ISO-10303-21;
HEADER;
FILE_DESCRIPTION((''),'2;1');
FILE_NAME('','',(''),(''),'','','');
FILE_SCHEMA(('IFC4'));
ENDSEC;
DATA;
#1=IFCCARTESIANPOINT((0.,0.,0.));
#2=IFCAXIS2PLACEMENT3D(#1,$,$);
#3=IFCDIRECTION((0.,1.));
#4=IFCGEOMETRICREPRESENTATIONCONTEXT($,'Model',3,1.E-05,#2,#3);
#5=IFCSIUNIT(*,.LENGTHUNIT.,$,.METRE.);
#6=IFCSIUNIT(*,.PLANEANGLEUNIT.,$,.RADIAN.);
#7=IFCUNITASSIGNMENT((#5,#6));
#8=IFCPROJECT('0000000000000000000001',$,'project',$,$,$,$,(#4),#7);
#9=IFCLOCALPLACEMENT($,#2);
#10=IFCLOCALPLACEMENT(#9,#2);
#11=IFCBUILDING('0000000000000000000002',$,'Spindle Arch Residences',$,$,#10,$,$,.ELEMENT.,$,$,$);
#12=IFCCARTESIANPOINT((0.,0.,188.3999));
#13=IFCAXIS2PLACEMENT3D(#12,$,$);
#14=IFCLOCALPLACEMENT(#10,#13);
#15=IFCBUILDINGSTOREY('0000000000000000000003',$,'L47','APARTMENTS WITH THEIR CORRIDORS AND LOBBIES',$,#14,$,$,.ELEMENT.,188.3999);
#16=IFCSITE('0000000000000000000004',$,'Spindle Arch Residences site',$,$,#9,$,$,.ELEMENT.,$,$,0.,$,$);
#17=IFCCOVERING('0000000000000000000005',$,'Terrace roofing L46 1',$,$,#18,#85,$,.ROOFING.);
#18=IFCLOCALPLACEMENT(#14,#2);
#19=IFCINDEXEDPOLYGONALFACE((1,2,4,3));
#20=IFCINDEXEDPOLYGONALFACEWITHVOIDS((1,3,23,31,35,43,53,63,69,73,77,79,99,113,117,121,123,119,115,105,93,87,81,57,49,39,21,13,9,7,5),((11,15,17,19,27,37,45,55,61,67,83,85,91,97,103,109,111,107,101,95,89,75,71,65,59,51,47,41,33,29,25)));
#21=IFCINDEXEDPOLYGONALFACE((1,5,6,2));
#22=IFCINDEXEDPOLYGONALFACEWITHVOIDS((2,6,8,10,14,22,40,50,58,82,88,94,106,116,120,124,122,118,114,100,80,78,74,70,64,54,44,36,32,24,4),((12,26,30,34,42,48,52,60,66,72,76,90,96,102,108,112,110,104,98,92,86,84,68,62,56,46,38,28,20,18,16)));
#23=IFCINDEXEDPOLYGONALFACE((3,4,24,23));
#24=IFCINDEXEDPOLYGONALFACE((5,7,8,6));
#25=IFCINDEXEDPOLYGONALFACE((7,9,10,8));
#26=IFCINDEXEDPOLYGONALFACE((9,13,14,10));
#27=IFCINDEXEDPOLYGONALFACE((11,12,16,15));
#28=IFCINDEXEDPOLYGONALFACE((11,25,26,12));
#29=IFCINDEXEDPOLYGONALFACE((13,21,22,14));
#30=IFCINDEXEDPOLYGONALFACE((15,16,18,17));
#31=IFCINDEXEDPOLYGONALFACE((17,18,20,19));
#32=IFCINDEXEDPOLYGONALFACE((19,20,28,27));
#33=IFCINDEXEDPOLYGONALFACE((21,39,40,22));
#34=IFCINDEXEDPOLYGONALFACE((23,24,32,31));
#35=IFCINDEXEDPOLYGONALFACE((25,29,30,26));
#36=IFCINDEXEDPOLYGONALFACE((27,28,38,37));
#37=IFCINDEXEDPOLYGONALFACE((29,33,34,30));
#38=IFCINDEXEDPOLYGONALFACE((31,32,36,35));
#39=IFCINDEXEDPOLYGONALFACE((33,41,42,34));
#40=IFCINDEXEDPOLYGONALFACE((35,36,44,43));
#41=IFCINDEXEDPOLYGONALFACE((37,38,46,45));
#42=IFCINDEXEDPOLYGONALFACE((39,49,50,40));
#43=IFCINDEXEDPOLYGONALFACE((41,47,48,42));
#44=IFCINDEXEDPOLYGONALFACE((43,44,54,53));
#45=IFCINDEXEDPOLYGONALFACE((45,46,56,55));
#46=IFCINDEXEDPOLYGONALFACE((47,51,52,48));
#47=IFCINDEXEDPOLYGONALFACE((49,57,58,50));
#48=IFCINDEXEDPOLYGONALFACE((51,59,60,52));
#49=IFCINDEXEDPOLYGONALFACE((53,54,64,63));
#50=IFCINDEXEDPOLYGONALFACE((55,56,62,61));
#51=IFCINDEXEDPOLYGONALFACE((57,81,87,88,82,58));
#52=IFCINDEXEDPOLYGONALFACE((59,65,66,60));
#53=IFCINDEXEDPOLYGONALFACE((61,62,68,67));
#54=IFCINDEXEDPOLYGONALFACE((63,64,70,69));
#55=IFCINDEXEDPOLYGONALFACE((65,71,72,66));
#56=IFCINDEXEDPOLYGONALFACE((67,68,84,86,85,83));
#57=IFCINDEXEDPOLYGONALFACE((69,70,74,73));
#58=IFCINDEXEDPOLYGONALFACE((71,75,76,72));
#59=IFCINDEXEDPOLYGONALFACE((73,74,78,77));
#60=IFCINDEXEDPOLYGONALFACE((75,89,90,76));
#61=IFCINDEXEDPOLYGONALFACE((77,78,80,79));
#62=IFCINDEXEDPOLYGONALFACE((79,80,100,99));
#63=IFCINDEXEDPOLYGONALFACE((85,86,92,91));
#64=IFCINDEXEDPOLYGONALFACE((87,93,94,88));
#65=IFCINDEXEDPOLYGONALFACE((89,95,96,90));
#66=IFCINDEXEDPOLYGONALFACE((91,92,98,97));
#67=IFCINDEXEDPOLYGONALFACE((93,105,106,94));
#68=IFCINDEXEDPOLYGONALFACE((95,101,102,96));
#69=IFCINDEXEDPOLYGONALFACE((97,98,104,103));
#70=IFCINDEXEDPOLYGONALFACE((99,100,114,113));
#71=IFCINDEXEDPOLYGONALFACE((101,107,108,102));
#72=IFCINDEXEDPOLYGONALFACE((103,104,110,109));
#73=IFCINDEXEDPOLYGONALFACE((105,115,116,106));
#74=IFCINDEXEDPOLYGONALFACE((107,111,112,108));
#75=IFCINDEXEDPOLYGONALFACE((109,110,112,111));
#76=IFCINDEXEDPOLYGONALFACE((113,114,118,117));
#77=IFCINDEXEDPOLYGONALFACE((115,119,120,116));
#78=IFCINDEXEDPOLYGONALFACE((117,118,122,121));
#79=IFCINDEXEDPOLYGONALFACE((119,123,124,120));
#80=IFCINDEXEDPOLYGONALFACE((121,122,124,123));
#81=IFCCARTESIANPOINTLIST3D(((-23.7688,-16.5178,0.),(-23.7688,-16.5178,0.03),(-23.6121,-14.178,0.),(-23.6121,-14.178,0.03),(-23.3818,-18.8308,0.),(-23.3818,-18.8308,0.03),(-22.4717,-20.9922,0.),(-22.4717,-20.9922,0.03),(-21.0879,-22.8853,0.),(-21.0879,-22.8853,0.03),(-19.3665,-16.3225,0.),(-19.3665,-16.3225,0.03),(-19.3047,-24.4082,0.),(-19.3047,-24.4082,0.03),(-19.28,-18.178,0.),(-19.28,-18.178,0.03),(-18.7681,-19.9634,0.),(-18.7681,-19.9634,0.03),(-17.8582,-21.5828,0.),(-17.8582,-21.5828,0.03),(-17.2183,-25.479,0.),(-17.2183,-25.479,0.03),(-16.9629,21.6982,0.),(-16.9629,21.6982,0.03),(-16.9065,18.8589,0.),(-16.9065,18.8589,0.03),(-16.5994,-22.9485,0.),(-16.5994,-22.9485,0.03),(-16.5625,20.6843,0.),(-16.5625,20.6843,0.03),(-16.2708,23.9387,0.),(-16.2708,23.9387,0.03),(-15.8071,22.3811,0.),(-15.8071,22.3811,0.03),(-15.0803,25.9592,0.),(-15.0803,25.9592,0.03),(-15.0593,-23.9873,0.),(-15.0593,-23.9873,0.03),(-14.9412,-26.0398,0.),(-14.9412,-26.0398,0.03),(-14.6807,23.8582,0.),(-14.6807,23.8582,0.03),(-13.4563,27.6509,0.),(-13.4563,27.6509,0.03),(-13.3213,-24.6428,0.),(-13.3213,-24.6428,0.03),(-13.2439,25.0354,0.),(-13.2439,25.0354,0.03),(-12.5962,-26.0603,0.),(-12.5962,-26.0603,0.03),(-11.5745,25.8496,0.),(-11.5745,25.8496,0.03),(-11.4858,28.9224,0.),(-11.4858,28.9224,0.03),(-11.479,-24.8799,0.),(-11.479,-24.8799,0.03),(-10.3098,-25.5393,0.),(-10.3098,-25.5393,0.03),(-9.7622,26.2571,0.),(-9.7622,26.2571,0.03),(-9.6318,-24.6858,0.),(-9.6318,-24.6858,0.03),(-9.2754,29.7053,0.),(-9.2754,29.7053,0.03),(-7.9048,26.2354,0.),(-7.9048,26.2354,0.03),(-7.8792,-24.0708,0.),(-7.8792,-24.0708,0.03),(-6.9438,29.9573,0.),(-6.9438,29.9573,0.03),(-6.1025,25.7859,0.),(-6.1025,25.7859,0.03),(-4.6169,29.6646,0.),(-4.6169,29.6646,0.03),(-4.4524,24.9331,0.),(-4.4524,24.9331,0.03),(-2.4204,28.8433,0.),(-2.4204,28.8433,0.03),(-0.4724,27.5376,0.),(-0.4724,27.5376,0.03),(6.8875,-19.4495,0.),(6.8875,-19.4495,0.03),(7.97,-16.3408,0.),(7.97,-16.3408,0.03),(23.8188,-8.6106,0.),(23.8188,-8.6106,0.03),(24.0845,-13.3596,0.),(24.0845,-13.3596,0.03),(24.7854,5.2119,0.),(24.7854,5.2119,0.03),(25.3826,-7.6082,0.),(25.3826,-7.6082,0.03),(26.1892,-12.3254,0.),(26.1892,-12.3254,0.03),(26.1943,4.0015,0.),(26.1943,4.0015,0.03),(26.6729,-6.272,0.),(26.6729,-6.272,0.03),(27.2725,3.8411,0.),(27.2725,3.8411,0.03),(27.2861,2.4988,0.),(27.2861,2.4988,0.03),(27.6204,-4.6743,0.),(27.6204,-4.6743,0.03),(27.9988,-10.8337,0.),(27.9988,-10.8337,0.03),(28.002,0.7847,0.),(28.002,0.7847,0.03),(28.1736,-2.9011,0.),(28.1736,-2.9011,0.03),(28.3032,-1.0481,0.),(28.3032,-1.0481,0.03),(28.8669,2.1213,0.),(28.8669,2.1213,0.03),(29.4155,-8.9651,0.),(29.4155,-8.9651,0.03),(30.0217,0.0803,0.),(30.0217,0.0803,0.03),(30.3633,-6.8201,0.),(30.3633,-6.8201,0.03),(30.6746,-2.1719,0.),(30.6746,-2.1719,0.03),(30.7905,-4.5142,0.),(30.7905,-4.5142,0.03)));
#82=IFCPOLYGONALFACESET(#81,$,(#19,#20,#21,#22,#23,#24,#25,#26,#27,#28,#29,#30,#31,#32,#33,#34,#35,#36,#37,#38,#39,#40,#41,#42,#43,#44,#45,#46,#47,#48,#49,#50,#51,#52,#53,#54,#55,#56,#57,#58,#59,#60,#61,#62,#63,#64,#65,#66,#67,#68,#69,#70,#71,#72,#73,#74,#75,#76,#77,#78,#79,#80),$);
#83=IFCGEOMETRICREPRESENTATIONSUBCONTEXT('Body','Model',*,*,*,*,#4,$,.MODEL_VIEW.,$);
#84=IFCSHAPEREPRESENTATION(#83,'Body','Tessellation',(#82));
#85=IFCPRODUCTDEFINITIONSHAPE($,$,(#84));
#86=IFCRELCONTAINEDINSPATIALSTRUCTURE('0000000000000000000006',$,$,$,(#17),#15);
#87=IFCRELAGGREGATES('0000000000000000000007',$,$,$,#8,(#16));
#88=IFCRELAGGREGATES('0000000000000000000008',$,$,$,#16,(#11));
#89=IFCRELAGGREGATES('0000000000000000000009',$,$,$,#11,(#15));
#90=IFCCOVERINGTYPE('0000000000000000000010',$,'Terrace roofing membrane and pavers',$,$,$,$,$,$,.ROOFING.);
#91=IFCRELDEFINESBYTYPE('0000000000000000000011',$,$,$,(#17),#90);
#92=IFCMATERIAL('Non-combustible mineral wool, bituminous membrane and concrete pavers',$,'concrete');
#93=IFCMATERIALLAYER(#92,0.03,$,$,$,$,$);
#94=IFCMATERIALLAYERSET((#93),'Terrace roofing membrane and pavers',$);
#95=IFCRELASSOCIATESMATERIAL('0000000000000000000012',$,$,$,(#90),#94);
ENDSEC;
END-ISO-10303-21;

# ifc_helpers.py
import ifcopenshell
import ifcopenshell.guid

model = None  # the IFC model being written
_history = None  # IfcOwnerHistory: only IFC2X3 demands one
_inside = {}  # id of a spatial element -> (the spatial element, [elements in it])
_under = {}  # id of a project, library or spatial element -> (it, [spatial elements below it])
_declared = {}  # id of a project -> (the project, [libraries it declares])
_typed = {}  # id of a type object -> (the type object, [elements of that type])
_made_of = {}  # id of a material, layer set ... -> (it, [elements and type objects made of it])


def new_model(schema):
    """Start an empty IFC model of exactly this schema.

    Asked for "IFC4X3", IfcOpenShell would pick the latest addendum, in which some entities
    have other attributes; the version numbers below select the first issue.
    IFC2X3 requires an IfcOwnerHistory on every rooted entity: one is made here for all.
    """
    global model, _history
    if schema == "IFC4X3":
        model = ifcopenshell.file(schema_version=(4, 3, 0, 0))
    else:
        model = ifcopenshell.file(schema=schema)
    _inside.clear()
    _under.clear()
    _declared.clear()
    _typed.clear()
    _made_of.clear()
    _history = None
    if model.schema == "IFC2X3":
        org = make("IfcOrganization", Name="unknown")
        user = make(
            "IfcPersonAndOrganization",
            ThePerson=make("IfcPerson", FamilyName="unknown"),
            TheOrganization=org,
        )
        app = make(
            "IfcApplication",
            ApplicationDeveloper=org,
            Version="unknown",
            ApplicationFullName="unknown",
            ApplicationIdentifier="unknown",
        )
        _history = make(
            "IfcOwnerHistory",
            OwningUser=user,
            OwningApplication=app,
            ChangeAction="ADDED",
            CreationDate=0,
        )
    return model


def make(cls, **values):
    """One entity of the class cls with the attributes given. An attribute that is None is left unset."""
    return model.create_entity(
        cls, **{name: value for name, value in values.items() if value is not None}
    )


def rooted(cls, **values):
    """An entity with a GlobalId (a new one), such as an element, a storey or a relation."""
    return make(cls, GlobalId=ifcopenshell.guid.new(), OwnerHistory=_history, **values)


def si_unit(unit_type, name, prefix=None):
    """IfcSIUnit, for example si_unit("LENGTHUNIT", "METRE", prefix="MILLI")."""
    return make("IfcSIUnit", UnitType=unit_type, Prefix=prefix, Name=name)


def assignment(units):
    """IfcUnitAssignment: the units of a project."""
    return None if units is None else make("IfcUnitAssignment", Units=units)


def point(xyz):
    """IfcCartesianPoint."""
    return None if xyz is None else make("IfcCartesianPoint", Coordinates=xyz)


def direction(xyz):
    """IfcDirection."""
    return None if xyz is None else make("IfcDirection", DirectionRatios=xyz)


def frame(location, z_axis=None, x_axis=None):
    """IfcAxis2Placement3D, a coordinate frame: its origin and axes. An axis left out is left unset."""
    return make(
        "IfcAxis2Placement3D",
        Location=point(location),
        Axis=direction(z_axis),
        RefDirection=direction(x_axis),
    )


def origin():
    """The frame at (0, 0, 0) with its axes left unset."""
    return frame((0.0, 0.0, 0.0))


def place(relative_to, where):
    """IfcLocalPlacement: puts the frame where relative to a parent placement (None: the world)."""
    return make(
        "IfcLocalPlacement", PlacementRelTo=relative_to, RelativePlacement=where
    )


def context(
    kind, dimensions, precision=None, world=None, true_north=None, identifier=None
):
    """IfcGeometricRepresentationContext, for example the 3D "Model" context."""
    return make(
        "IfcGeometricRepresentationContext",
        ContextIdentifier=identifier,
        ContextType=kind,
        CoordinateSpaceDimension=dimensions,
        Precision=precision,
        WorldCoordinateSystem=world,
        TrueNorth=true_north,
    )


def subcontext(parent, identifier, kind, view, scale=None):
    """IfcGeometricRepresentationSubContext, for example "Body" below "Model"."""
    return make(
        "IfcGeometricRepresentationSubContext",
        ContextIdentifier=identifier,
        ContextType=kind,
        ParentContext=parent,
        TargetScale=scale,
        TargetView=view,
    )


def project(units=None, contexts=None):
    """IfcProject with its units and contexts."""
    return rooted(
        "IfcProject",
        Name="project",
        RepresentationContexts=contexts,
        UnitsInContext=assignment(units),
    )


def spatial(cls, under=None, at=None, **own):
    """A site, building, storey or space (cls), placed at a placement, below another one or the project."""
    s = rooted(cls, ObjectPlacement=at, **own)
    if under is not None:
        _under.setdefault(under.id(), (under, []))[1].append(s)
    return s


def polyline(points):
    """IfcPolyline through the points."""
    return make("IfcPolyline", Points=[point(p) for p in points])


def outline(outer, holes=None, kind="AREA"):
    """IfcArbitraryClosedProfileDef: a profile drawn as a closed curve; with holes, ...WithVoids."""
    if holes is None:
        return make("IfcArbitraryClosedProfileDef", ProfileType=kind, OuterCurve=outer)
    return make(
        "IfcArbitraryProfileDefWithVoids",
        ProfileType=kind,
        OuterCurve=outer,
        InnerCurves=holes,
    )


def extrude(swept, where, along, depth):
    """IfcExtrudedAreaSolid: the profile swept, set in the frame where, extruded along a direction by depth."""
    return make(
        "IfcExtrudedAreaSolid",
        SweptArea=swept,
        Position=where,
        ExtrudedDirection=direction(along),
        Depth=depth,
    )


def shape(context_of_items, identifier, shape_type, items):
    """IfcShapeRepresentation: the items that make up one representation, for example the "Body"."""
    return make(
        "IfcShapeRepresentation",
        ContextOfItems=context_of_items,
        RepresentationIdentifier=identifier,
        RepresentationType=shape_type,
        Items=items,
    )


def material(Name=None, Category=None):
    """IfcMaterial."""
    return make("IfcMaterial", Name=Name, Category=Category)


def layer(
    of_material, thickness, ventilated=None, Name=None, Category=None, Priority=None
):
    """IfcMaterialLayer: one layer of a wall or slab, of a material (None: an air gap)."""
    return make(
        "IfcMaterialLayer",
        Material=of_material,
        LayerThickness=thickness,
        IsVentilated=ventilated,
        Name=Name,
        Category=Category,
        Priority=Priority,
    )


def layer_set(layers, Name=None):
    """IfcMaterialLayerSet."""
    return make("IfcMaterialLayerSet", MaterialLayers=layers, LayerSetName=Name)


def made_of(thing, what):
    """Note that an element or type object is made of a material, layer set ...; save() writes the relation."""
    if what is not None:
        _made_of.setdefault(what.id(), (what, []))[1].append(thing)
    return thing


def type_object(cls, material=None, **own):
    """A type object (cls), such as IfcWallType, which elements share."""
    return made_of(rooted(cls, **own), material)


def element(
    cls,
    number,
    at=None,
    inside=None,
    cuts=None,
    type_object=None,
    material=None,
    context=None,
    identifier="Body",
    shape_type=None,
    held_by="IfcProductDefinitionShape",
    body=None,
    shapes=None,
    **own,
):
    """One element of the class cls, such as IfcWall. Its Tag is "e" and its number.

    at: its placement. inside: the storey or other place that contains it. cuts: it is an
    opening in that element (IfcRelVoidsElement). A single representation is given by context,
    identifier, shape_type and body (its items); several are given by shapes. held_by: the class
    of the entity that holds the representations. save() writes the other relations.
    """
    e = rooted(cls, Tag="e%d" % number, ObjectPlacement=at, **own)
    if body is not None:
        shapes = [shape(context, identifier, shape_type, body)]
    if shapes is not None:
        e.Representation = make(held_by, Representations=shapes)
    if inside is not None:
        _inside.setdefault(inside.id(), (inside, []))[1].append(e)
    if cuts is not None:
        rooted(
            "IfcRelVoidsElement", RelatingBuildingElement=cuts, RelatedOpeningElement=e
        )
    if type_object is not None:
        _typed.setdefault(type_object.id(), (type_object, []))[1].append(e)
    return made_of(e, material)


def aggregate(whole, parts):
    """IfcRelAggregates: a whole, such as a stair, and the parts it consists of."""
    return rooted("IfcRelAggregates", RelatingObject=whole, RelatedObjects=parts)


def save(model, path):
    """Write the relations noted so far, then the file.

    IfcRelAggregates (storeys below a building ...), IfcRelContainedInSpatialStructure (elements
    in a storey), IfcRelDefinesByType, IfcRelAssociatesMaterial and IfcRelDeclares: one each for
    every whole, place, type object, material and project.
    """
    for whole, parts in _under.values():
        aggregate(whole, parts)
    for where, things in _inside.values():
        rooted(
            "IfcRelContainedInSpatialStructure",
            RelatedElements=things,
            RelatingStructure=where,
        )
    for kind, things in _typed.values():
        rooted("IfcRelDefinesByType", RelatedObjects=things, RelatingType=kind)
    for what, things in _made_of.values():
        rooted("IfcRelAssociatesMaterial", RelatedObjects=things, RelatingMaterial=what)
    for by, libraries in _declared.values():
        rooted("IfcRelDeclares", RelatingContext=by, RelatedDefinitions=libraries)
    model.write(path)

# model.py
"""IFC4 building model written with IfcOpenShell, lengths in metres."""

from ifc_helpers import new_model, si_unit, direction, frame, origin, place, context, subcontext, project, spatial, polyline, outline, extrude, material, layer, layer_set, type_object, element, save


model = new_model("IFC4")

# Units and contexts
model_context = context("Model", 3, precision=1e-05, world=origin(), true_north=direction((0.0, 1.0)))
body_context = subcontext(model_context, "Body", "Model", "MODEL_VIEW")
ifc_project = project(units=[si_unit("LENGTHUNIT", "METRE"), si_unit("PLANEANGLEUNIT", "RADIAN")], contexts=[model_context])

# Site, building, storey
site_placement = place(None, origin())
site = spatial("IfcSite", under=ifc_project, at=site_placement, Name="Spindle Arch Residences site", CompositionType="ELEMENT", RefElevation=0.0)
building_placement = place(site_placement, origin())
building = spatial("IfcBuilding", under=site, at=building_placement, Name="Spindle Arch Residences", CompositionType="ELEMENT")
storey_placement = place(building_placement, frame((0.0, 0.0, 188.3999)))
storey = spatial("IfcBuildingStorey", under=building, at=storey_placement, Name="L47", Description="APARTMENTS WITH THEIR CORRIDORS AND LOBBIES", CompositionType="ELEMENT", Elevation=188.3999)

# Covering
ifc_material_1 = material(Name="Non-combustible mineral wool, bituminous membrane and concrete pavers", Category="concrete")
ifc_layer_1 = layer(ifc_material_1, 0.03)
ifc_layer_set_1 = layer_set([ifc_layer_1], Name="Terrace roofing membrane and pavers")
covering_type = type_object("IfcCoveringType", Name="Terrace roofing membrane and pavers", PredefinedType="ROOFING", material=ifc_layer_set_1)
covering_placement = place(storey_placement, origin())
element("IfcCovering", 1, at=covering_placement, inside=storey, type_object=covering_type, Name="Terrace roofing L46 1", PredefinedType="ROOFING", context=body_context, shape_type="SweptSolid", body=[
    extrude(outline(polyline([(-10.3098, -25.5393), (-12.5962, -26.0603), (-14.9412, -26.0398), (-17.2183, -25.479), (-19.3047, -24.4082), (-21.0879, -22.8853), (-22.4717, -20.9922), (-23.3818, -18.8308), (-23.7688, -16.5178), (-23.6121, -14.178), (-16.9629, 21.6982), (-16.2708, 23.9387), (-15.0803, 25.9592), (-13.4563, 27.6509), (-11.4858, 28.9224), (-9.2754, 29.7053), (-6.9438, 29.9573), (-4.6169, 29.6646), (-2.4204, 28.8433), (-0.4724, 27.5376), (27.2725, 3.8411), (28.8669, 2.1213), (30.0217, 0.0803), (30.6746, -2.1719), (30.7905, -4.5142), (30.3633, -6.8201), (29.4155, -8.9651), (27.9988, -10.8337), (26.1892, -12.3254), (24.0845, -13.3596), (6.8875, -19.4495), (-10.3098, -25.5393)]), holes=[polyline([(23.8188, -8.6106), (25.3826, -7.6082), (26.6729, -6.272), (27.6204, -4.6743), (28.1736, -2.9011), (28.3032, -1.0481), (28.002, 0.7847), (27.2861, 2.4988), (26.1943, 4.0015), (24.7854, 5.2119), (-4.4524, 24.9331), (-6.1025, 25.7859), (-7.9048, 26.2354), (-9.7622, 26.2571), (-11.5745, 25.8496), (-13.2439, 25.0354), (-14.6807, 23.8582), (-15.8071, 22.3811), (-16.5625, 20.6843), (-16.9065, 18.8589), (-19.3665, -16.3225), (-19.28, -18.178), (-18.7681, -19.9634), (-17.8582, -21.5828), (-16.5994, -22.9485), (-15.0593, -23.9873), (-13.3213, -24.6428), (-11.479, -24.8799), (-9.6318, -24.6858), (-7.8792, -24.0708), (7.97, -16.3408), (23.8188, -8.6106)])]), origin(), (0.0, 0.0, 1.0), 0.03),
])

save(model, "model.ifc")
